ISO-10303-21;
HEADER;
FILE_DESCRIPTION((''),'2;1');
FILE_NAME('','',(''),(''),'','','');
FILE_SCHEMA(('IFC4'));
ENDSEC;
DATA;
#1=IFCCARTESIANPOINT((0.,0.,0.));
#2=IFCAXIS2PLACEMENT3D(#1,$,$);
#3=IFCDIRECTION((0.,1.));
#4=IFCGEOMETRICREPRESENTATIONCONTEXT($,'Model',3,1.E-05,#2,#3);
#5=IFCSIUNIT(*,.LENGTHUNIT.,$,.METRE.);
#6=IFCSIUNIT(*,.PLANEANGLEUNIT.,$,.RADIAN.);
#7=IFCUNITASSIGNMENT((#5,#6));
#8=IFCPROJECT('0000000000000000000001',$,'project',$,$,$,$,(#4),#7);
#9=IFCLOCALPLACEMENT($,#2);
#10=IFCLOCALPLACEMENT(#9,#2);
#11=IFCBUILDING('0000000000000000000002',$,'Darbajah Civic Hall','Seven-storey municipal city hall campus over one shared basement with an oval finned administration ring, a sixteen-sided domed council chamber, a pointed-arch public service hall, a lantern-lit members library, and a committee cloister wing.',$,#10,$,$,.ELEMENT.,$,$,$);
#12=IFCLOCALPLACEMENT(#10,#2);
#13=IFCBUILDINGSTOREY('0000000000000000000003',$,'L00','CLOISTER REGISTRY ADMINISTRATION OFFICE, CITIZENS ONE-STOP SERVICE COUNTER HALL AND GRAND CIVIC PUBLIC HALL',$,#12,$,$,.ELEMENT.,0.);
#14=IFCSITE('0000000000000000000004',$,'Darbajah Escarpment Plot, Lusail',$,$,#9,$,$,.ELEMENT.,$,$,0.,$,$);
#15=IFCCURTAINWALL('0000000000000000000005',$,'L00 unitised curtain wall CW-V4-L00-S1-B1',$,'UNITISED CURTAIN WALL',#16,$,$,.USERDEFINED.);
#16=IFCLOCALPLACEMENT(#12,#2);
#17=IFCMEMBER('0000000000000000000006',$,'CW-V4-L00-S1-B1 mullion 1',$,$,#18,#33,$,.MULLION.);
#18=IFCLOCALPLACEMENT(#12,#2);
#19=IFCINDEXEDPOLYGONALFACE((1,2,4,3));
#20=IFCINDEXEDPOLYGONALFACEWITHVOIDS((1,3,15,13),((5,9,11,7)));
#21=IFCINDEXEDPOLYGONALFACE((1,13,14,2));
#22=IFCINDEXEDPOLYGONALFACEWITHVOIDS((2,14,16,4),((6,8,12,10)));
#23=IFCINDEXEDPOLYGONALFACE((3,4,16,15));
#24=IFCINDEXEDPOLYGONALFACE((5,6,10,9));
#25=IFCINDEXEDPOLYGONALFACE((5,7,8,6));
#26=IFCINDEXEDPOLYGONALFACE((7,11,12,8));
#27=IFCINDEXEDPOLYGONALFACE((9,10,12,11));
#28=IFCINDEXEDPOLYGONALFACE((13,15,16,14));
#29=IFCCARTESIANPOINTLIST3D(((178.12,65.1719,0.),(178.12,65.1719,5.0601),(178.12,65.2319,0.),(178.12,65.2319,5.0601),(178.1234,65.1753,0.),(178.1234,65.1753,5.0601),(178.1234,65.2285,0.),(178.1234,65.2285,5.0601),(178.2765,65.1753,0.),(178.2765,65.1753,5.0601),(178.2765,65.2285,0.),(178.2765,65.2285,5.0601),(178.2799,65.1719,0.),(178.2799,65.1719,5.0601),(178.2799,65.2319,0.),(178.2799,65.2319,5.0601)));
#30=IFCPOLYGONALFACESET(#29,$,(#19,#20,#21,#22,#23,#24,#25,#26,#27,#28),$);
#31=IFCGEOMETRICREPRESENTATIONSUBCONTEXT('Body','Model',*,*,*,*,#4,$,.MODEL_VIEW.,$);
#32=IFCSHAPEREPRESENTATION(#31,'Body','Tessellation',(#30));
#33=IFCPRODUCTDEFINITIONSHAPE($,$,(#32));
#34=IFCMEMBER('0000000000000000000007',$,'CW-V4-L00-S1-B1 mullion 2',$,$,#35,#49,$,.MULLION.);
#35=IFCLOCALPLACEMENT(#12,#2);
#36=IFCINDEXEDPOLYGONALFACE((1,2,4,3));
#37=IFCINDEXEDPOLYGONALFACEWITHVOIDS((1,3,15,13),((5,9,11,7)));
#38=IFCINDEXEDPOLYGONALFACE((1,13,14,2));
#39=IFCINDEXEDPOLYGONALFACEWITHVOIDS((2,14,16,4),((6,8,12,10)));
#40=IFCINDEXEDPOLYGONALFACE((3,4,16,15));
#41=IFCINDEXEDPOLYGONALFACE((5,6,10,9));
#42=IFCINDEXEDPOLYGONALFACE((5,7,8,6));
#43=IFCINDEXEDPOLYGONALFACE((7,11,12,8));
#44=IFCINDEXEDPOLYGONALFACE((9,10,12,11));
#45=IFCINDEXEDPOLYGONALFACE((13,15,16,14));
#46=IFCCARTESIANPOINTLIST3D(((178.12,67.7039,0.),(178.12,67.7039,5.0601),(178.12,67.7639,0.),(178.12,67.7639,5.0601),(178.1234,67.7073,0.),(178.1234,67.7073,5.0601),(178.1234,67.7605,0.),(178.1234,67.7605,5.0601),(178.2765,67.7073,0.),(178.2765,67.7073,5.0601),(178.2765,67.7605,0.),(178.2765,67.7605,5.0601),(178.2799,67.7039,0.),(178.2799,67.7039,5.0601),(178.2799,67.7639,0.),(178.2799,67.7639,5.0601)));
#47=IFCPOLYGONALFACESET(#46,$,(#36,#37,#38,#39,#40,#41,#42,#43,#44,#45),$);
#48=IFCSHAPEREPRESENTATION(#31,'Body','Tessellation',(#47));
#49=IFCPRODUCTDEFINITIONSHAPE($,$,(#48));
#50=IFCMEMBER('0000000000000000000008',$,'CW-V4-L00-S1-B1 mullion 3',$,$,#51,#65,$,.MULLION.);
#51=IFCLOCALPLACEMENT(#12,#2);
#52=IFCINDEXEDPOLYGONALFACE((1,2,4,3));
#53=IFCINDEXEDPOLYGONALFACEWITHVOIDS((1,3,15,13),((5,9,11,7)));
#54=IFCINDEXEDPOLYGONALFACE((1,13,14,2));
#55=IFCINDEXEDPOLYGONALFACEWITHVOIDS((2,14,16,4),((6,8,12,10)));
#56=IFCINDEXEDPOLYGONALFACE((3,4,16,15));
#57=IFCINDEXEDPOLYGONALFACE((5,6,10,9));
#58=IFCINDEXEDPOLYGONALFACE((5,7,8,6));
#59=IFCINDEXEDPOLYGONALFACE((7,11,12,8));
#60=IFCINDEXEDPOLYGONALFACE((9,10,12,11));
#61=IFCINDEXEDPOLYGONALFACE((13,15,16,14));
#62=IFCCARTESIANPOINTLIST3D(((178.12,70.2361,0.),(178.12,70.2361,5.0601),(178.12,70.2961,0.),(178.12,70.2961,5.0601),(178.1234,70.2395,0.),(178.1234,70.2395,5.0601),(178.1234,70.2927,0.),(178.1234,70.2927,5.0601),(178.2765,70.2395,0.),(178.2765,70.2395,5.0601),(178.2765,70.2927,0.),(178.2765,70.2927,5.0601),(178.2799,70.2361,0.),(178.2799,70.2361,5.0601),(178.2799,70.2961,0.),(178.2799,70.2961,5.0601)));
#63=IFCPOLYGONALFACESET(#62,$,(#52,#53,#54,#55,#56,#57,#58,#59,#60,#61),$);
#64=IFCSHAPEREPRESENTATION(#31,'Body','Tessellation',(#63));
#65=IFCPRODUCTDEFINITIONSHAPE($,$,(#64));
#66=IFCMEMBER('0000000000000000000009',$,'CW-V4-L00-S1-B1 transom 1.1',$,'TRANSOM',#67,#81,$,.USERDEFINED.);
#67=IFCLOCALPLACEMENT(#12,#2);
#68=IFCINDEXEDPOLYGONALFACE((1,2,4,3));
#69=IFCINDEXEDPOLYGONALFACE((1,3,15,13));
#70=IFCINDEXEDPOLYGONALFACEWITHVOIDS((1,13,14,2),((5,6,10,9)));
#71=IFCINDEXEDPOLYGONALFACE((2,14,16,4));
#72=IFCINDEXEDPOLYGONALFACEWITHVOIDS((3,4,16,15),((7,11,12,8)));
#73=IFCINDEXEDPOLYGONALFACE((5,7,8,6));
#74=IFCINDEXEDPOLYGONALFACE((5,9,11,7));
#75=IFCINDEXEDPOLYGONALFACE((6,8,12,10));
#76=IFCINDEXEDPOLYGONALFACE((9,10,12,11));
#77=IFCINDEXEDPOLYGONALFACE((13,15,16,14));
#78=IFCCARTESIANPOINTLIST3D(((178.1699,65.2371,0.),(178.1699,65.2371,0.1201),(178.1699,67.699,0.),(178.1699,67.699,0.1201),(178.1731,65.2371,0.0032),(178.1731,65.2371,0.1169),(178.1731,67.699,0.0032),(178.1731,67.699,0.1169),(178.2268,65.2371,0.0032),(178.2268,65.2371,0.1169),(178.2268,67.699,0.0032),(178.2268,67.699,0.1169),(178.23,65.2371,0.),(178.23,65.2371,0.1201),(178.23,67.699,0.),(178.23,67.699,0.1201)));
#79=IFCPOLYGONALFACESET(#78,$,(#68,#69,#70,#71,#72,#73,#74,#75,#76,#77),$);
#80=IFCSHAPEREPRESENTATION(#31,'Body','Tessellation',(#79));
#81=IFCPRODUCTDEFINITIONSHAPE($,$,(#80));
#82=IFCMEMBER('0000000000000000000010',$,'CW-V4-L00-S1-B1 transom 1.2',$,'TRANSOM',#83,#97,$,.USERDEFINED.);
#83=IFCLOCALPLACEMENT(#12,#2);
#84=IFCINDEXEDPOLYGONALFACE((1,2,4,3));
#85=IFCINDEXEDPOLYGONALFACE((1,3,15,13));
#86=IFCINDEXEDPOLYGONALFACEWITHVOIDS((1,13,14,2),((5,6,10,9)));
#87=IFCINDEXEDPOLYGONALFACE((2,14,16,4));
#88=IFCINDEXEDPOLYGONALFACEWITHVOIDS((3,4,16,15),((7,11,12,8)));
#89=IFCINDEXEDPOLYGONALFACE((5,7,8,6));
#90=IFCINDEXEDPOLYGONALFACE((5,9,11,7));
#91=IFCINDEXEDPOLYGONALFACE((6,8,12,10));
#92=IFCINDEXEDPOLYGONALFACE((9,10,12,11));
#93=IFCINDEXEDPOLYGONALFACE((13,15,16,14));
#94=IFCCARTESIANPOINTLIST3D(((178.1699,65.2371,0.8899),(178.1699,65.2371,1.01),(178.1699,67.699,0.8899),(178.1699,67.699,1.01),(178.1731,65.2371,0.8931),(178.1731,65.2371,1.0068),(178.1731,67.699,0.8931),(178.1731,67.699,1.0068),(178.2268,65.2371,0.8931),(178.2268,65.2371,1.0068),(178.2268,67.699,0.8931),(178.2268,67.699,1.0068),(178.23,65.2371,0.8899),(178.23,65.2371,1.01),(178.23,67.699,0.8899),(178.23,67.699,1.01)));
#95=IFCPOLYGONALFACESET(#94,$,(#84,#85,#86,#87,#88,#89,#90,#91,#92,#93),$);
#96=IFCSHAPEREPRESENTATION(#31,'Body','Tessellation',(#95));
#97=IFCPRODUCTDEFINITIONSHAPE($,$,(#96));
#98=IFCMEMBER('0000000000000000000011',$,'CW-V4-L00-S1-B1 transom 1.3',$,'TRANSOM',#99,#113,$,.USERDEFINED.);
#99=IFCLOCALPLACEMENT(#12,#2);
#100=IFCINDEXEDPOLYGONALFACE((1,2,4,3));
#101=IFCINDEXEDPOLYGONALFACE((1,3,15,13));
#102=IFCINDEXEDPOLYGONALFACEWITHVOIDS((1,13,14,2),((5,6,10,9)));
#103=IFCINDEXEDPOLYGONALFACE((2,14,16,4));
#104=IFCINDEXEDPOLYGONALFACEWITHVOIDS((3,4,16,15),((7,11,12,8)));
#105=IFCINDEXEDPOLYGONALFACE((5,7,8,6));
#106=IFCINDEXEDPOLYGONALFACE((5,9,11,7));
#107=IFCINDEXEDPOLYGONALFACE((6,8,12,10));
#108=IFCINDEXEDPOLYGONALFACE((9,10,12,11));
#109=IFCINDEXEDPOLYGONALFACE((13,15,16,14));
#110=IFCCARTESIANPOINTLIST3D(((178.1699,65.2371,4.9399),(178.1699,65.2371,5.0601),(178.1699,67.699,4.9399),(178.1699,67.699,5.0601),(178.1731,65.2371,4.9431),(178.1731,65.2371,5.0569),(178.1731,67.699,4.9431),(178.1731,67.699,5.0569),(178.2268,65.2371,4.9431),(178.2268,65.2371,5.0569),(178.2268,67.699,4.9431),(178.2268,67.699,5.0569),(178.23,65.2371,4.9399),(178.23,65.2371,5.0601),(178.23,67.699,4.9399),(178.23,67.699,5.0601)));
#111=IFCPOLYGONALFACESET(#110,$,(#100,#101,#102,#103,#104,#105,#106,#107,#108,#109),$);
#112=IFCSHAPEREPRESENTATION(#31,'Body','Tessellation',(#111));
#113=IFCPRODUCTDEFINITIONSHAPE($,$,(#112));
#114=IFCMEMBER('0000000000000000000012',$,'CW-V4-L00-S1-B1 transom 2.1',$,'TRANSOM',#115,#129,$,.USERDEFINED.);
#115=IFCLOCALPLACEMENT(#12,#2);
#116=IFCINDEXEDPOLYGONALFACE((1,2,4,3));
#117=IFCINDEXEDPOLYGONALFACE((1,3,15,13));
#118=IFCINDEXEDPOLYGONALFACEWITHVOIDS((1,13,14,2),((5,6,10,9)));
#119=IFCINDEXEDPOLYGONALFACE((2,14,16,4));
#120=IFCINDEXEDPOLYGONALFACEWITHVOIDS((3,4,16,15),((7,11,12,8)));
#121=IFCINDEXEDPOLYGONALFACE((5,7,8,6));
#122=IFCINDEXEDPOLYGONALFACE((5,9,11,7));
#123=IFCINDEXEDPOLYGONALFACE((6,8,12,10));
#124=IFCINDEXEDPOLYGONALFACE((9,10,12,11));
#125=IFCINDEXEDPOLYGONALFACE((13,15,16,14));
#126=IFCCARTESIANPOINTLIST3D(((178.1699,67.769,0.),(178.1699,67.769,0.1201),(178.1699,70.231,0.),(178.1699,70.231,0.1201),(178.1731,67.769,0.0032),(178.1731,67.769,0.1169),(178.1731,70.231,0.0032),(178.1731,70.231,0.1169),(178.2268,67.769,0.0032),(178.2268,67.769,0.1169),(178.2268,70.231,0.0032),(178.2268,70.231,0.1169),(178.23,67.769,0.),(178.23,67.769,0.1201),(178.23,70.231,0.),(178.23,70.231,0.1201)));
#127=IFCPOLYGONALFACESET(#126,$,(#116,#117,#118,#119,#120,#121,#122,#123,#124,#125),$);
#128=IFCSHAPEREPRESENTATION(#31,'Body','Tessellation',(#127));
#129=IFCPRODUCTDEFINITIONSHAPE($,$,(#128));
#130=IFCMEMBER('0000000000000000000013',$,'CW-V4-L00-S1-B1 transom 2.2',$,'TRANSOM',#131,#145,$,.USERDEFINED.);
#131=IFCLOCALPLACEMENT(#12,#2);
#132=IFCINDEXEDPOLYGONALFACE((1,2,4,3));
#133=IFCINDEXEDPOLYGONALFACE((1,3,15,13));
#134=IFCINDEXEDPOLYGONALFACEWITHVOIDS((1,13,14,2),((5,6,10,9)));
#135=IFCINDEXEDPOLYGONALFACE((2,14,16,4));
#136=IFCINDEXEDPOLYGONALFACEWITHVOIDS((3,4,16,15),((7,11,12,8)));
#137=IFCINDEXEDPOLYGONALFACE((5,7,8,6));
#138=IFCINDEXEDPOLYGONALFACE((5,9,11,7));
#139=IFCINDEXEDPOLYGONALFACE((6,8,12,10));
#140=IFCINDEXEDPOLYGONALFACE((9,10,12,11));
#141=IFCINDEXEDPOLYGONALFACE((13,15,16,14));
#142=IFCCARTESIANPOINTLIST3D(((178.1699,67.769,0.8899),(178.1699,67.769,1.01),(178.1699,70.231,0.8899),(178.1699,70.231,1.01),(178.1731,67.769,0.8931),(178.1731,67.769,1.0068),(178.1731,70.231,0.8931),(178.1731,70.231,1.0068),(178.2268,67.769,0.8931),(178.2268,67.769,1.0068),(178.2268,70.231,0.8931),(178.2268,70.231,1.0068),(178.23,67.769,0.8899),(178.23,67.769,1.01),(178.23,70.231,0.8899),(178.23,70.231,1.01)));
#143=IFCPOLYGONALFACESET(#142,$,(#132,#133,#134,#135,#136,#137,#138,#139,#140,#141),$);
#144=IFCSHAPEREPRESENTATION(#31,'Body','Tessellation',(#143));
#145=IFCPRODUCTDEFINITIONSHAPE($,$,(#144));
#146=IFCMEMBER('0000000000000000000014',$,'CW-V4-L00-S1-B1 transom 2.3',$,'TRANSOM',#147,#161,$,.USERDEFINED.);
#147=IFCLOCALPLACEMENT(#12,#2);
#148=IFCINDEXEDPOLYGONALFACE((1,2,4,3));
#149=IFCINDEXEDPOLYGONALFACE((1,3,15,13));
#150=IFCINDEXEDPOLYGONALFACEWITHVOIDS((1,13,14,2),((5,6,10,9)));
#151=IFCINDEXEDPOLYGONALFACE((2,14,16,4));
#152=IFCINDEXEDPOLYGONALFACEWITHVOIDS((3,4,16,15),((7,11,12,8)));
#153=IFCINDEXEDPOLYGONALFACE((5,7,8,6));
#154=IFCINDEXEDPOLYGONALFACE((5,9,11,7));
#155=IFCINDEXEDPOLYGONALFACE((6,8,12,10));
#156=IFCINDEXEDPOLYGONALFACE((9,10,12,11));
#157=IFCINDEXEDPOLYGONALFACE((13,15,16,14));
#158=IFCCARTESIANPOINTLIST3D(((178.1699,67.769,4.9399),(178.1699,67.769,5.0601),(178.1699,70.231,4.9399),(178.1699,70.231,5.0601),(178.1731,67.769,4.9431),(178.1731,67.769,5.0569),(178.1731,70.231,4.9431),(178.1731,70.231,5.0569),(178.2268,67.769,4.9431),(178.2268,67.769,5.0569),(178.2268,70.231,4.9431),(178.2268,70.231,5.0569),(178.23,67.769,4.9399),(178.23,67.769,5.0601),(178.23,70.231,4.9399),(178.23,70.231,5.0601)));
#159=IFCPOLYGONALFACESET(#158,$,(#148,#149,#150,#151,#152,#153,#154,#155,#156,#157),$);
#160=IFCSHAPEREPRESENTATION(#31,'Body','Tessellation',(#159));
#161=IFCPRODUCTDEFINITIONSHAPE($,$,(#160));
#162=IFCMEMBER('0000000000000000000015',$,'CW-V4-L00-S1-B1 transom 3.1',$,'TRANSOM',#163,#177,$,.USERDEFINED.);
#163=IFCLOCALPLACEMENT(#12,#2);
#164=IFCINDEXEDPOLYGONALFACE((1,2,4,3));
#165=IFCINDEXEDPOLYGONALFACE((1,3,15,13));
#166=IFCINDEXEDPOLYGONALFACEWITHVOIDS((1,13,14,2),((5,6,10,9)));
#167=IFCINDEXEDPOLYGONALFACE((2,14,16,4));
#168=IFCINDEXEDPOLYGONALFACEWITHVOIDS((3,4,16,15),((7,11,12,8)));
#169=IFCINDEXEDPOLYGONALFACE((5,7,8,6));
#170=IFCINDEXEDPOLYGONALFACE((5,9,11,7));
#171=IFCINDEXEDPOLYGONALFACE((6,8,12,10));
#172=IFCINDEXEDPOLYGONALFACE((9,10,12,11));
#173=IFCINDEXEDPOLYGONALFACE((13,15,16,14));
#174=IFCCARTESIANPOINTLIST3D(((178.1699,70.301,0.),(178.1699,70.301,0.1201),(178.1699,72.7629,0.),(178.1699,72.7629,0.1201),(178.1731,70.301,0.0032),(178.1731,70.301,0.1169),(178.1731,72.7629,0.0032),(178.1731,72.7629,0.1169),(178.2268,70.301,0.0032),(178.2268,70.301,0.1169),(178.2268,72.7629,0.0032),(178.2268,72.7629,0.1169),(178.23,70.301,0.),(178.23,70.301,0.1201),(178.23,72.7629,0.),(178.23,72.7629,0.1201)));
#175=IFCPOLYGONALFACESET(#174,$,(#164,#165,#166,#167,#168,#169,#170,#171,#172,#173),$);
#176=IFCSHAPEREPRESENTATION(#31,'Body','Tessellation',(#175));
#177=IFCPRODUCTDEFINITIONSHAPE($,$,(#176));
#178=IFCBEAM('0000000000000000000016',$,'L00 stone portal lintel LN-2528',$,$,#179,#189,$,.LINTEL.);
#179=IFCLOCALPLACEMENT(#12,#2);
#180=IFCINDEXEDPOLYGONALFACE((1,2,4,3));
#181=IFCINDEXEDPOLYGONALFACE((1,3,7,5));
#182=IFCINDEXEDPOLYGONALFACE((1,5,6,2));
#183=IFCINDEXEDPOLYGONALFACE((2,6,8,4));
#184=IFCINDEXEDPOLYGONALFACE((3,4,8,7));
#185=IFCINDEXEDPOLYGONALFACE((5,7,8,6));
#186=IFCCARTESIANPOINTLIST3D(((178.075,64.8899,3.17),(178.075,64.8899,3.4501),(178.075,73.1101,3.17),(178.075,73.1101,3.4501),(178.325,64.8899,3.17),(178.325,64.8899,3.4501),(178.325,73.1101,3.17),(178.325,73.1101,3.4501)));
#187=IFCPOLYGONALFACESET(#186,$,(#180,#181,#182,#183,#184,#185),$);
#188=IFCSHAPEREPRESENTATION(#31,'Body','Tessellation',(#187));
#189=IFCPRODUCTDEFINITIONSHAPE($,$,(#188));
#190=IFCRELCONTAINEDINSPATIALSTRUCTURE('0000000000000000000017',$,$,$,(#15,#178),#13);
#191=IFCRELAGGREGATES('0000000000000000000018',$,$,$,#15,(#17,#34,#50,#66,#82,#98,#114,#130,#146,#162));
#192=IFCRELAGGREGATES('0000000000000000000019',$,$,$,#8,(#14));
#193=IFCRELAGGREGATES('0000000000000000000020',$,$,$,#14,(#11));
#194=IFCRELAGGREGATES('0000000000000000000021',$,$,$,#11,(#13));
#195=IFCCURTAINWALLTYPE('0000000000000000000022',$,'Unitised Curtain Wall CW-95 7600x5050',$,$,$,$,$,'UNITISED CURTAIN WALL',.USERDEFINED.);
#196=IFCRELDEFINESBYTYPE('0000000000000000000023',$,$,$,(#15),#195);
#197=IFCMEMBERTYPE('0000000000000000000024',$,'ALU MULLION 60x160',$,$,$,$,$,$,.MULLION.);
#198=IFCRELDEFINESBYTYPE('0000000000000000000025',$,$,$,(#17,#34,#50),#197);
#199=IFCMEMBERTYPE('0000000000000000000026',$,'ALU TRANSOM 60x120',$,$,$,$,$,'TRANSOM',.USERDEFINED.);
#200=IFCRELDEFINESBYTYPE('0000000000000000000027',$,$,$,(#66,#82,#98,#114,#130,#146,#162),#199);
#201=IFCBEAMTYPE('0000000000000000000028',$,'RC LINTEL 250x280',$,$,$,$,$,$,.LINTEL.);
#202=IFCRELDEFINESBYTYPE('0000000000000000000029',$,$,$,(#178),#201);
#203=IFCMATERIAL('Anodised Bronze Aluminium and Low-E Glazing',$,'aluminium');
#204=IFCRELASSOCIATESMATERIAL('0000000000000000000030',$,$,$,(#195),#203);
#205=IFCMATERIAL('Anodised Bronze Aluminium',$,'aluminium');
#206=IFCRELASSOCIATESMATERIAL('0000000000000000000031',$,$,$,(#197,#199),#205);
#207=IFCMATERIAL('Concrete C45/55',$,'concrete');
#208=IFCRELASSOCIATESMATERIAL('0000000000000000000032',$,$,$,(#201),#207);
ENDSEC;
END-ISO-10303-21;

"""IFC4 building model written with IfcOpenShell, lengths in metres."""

from ifc_helpers import new_model, si_unit, direction, frame, origin, origin_2d, place, context, subcontext, project, spatial, rectangle, hollow_rectangle, extrude, material, material_profile, profile_set, type_object, element, aggregate, save


model = new_model("IFC4")

# Units and contexts
model_context = context("Model", 3, precision=1e-05, world=origin(), true_north=direction((0.0, 1.0)))
body_context = subcontext(model_context, "Body", "Model", "MODEL_VIEW")
ifc_project = project(units=[si_unit("LENGTHUNIT", "METRE"), si_unit("PLANEANGLEUNIT", "RADIAN")], contexts=[model_context])

# Site, building, storey
site_placement = place(None, origin())
site = spatial("IfcSite", under=ifc_project, at=site_placement, Name="Darbajah Escarpment Plot, Lusail", CompositionType="ELEMENT", RefElevation=0.0)
building_placement = place(site_placement, origin())
building = spatial("IfcBuilding", under=site, at=building_placement, Name="Darbajah Civic Hall", Description="Seven-storey municipal city hall campus over one shared basement with an oval finned administration ring, a sixteen-sided domed council chamber, a pointed-arch public service hall, a lantern-lit members library, and a committee cloister wing.", CompositionType="ELEMENT")
storey_placement = place(building_placement, origin())
storey = spatial("IfcBuildingStorey", under=building, at=storey_placement, Name="L00", Description="CLOISTER REGISTRY ADMINISTRATION OFFICE, CITIZENS ONE-STOP SERVICE COUNTER HALL AND GRAND CIVIC PUBLIC HALL", CompositionType="ELEMENT", Elevation=0.0)

# Curtain wall, members
ifc_material_1 = material(Name="Anodised Bronze Aluminium and Low-E Glazing", Category="aluminium")
curtain_wall_type = type_object("IfcCurtainWallType", Name="Unitised Curtain Wall CW-95 7600x5050", ElementType="UNITISED CURTAIN WALL", PredefinedType="USERDEFINED", material=ifc_material_1)
curtain_wall_placement = place(storey_placement, origin())
curtain_wall = element("IfcCurtainWall", 1, at=curtain_wall_placement, inside=storey, type_object=curtain_wall_type, Name="L00 unitised curtain wall CW-V4-L00-S1-B1", ObjectType="UNITISED CURTAIN WALL", PredefinedType="USERDEFINED")
ifc_material_2 = material(Name="Anodised Bronze Aluminium", Category="aluminium")
ifc_material_profile_1 = material_profile(ifc_material_2, hollow_rectangle(XDim=0.0601, YDim=0.1599, WallThickness=0.0034, at=origin_2d()), Name="ALU MULLION 60x160")
ifc_profile_set_1 = profile_set([ifc_material_profile_1], Name="Anodised Bronze Aluminium")
member_type_1 = type_object("IfcMemberType", Name="ALU MULLION 60x160", PredefinedType="MULLION", material=ifc_profile_set_1)
member_1_placement = place(storey_placement, frame((178.2, 65.2019, 0.0), z_axis=(0.0, 0.0, 1.0), x_axis=(0.0, 1.0, 0.0)))
member_1 = element("IfcMember", 2, at=member_1_placement, type_object=member_type_1, Name="CW-V4-L00-S1-B1 mullion 1", PredefinedType="MULLION", context=body_context, shape_type="SweptSolid", body=[
    extrude(hollow_rectangle(XDim=0.0601, YDim=0.1599, WallThickness=0.0034, at=origin_2d()), origin(), (0.0, 0.0, 1.0), 5.0601),
])
member_2_placement = place(storey_placement, frame((178.2, 67.7339, 0.0), z_axis=(0.0, 0.0, 1.0), x_axis=(0.0, 1.0, 0.0)))
member_2 = element("IfcMember", 3, at=member_2_placement, type_object=member_type_1, Name="CW-V4-L00-S1-B1 mullion 2", PredefinedType="MULLION", context=body_context, shape_type="SweptSolid", body=[
    extrude(hollow_rectangle(XDim=0.0601, YDim=0.1599, WallThickness=0.0034, at=origin_2d()), origin(), (0.0, 0.0, 1.0), 5.0601),
])
member_3_placement = place(storey_placement, frame((178.2, 70.2661, 0.0), z_axis=(0.0, 0.0, 1.0), x_axis=(0.0, 1.0, 0.0)))
member_3 = element("IfcMember", 4, at=member_3_placement, type_object=member_type_1, Name="CW-V4-L00-S1-B1 mullion 3", PredefinedType="MULLION", context=body_context, shape_type="SweptSolid", body=[
    extrude(hollow_rectangle(XDim=0.0601, YDim=0.1599, WallThickness=0.0034, at=origin_2d()), origin(), (0.0, 0.0, 1.0), 5.0601),
])
ifc_material_profile_2 = material_profile(ifc_material_2, hollow_rectangle(XDim=0.0601, YDim=0.1201, WallThickness=0.0032, at=origin_2d()), Name="ALU TRANSOM 60x120")
ifc_profile_set_2 = profile_set([ifc_material_profile_2], Name="Anodised Bronze Aluminium")
member_type_2 = type_object("IfcMemberType", Name="ALU TRANSOM 60x120", ElementType="TRANSOM", PredefinedType="USERDEFINED", material=ifc_profile_set_2)
member_4_placement = place(storey_placement, frame((178.2, 65.2371, 0.0601), z_axis=(0.0, 1.0, 0.0), x_axis=(-1.0, 0.0, 0.0)))
member_4 = element("IfcMember", 5, at=member_4_placement, type_object=member_type_2, Name="CW-V4-L00-S1-B1 transom 1.1", ObjectType="TRANSOM", PredefinedType="USERDEFINED", context=body_context, shape_type="SweptSolid", body=[
    extrude(hollow_rectangle(XDim=0.0601, YDim=0.1201, WallThickness=0.0032, at=origin_2d()), origin(), (0.0, 0.0, 1.0), 2.4619),
])
member_5_placement = place(storey_placement, frame((178.2, 65.2371, 0.95), z_axis=(0.0, 1.0, 0.0), x_axis=(-1.0, 0.0, 0.0)))
member_5 = element("IfcMember", 6, at=member_5_placement, type_object=member_type_2, Name="CW-V4-L00-S1-B1 transom 1.2", ObjectType="TRANSOM", PredefinedType="USERDEFINED", context=body_context, shape_type="SweptSolid", body=[
    extrude(hollow_rectangle(XDim=0.0601, YDim=0.1201, WallThickness=0.0032, at=origin_2d()), origin(), (0.0, 0.0, 1.0), 2.4619),
])
member_6_placement = place(storey_placement, frame((178.2, 65.2371, 5.0), z_axis=(0.0, 1.0, 0.0), x_axis=(-1.0, 0.0, 0.0)))
member_6 = element("IfcMember", 7, at=member_6_placement, type_object=member_type_2, Name="CW-V4-L00-S1-B1 transom 1.3", ObjectType="TRANSOM", PredefinedType="USERDEFINED", context=body_context, shape_type="SweptSolid", body=[
    extrude(hollow_rectangle(XDim=0.0601, YDim=0.1201, WallThickness=0.0032, at=origin_2d()), origin(), (0.0, 0.0, 1.0), 2.4619),
])
member_7_placement = place(storey_placement, frame((178.2, 67.769, 0.0601), z_axis=(0.0, 1.0, 0.0), x_axis=(-1.0, 0.0, 0.0)))
member_7 = element("IfcMember", 8, at=member_7_placement, type_object=member_type_2, Name="CW-V4-L00-S1-B1 transom 2.1", ObjectType="TRANSOM", PredefinedType="USERDEFINED", context=body_context, shape_type="SweptSolid", body=[
    extrude(hollow_rectangle(XDim=0.0601, YDim=0.1201, WallThickness=0.0032, at=origin_2d()), origin(), (0.0, 0.0, 1.0), 2.4619),
])
member_8_placement = place(storey_placement, frame((178.2, 67.769, 0.95), z_axis=(0.0, 1.0, 0.0), x_axis=(-1.0, 0.0, 0.0)))
member_8 = element("IfcMember", 9, at=member_8_placement, type_object=member_type_2, Name="CW-V4-L00-S1-B1 transom 2.2", ObjectType="TRANSOM", PredefinedType="USERDEFINED", context=body_context, shape_type="SweptSolid", body=[
    extrude(hollow_rectangle(XDim=0.0601, YDim=0.1201, WallThickness=0.0032, at=origin_2d()), origin(), (0.0, 0.0, 1.0), 2.4619),
])
member_9_placement = place(storey_placement, frame((178.2, 67.769, 5.0), z_axis=(0.0, 1.0, 0.0), x_axis=(-1.0, 0.0, 0.0)))
member_9 = element("IfcMember", 10, at=member_9_placement, type_object=member_type_2, Name="CW-V4-L00-S1-B1 transom 2.3", ObjectType="TRANSOM", PredefinedType="USERDEFINED", context=body_context, shape_type="SweptSolid", body=[
    extrude(hollow_rectangle(XDim=0.0601, YDim=0.1201, WallThickness=0.0032, at=origin_2d()), origin(), (0.0, 0.0, 1.0), 2.4619),
])
member_10_placement = place(storey_placement, frame((178.2, 70.301, 0.0601), z_axis=(0.0, 1.0, 0.0), x_axis=(-1.0, 0.0, 0.0)))
member_10 = element("IfcMember", 11, at=member_10_placement, type_object=member_type_2, Name="CW-V4-L00-S1-B1 transom 3.1", ObjectType="TRANSOM", PredefinedType="USERDEFINED", context=body_context, shape_type="SweptSolid", body=[
    extrude(hollow_rectangle(XDim=0.0601, YDim=0.1201, WallThickness=0.0032, at=origin_2d()), origin(), (0.0, 0.0, 1.0), 2.4619),
])

# Beam
ifc_material_3 = material(Name="Concrete C45/55", Category="concrete")
ifc_material_profile_3 = material_profile(ifc_material_3, rectangle(XDim=0.25, YDim=0.28, at=origin_2d()), Name="RC LINTEL 250x280")
ifc_profile_set_3 = profile_set([ifc_material_profile_3], Name="Concrete C45/55")
beam_type_1 = type_object("IfcBeamType", Name="RC LINTEL 250x280", PredefinedType="LINTEL", material=ifc_profile_set_3)
beam_placement = place(storey_placement, frame((178.2, 64.8899, 3.3101), z_axis=(0.0, 1.0, 0.0), x_axis=(-1.0, 0.0, 0.0)))
element("IfcBeam", 12, at=beam_placement, inside=storey, type_object=beam_type_1, Name="L00 stone portal lintel LN-2528", PredefinedType="LINTEL", context=body_context, shape_type="SweptSolid", body=[
    extrude(rectangle(XDim=0.25, YDim=0.28, at=origin_2d()), origin(), (0.0, 0.0, 1.0), 8.2202),
])

aggregate(curtain_wall, [member_1, member_2, member_3, member_4, member_5, member_6, member_7, member_8, member_9, member_10])

save(model, "model.ifc")
